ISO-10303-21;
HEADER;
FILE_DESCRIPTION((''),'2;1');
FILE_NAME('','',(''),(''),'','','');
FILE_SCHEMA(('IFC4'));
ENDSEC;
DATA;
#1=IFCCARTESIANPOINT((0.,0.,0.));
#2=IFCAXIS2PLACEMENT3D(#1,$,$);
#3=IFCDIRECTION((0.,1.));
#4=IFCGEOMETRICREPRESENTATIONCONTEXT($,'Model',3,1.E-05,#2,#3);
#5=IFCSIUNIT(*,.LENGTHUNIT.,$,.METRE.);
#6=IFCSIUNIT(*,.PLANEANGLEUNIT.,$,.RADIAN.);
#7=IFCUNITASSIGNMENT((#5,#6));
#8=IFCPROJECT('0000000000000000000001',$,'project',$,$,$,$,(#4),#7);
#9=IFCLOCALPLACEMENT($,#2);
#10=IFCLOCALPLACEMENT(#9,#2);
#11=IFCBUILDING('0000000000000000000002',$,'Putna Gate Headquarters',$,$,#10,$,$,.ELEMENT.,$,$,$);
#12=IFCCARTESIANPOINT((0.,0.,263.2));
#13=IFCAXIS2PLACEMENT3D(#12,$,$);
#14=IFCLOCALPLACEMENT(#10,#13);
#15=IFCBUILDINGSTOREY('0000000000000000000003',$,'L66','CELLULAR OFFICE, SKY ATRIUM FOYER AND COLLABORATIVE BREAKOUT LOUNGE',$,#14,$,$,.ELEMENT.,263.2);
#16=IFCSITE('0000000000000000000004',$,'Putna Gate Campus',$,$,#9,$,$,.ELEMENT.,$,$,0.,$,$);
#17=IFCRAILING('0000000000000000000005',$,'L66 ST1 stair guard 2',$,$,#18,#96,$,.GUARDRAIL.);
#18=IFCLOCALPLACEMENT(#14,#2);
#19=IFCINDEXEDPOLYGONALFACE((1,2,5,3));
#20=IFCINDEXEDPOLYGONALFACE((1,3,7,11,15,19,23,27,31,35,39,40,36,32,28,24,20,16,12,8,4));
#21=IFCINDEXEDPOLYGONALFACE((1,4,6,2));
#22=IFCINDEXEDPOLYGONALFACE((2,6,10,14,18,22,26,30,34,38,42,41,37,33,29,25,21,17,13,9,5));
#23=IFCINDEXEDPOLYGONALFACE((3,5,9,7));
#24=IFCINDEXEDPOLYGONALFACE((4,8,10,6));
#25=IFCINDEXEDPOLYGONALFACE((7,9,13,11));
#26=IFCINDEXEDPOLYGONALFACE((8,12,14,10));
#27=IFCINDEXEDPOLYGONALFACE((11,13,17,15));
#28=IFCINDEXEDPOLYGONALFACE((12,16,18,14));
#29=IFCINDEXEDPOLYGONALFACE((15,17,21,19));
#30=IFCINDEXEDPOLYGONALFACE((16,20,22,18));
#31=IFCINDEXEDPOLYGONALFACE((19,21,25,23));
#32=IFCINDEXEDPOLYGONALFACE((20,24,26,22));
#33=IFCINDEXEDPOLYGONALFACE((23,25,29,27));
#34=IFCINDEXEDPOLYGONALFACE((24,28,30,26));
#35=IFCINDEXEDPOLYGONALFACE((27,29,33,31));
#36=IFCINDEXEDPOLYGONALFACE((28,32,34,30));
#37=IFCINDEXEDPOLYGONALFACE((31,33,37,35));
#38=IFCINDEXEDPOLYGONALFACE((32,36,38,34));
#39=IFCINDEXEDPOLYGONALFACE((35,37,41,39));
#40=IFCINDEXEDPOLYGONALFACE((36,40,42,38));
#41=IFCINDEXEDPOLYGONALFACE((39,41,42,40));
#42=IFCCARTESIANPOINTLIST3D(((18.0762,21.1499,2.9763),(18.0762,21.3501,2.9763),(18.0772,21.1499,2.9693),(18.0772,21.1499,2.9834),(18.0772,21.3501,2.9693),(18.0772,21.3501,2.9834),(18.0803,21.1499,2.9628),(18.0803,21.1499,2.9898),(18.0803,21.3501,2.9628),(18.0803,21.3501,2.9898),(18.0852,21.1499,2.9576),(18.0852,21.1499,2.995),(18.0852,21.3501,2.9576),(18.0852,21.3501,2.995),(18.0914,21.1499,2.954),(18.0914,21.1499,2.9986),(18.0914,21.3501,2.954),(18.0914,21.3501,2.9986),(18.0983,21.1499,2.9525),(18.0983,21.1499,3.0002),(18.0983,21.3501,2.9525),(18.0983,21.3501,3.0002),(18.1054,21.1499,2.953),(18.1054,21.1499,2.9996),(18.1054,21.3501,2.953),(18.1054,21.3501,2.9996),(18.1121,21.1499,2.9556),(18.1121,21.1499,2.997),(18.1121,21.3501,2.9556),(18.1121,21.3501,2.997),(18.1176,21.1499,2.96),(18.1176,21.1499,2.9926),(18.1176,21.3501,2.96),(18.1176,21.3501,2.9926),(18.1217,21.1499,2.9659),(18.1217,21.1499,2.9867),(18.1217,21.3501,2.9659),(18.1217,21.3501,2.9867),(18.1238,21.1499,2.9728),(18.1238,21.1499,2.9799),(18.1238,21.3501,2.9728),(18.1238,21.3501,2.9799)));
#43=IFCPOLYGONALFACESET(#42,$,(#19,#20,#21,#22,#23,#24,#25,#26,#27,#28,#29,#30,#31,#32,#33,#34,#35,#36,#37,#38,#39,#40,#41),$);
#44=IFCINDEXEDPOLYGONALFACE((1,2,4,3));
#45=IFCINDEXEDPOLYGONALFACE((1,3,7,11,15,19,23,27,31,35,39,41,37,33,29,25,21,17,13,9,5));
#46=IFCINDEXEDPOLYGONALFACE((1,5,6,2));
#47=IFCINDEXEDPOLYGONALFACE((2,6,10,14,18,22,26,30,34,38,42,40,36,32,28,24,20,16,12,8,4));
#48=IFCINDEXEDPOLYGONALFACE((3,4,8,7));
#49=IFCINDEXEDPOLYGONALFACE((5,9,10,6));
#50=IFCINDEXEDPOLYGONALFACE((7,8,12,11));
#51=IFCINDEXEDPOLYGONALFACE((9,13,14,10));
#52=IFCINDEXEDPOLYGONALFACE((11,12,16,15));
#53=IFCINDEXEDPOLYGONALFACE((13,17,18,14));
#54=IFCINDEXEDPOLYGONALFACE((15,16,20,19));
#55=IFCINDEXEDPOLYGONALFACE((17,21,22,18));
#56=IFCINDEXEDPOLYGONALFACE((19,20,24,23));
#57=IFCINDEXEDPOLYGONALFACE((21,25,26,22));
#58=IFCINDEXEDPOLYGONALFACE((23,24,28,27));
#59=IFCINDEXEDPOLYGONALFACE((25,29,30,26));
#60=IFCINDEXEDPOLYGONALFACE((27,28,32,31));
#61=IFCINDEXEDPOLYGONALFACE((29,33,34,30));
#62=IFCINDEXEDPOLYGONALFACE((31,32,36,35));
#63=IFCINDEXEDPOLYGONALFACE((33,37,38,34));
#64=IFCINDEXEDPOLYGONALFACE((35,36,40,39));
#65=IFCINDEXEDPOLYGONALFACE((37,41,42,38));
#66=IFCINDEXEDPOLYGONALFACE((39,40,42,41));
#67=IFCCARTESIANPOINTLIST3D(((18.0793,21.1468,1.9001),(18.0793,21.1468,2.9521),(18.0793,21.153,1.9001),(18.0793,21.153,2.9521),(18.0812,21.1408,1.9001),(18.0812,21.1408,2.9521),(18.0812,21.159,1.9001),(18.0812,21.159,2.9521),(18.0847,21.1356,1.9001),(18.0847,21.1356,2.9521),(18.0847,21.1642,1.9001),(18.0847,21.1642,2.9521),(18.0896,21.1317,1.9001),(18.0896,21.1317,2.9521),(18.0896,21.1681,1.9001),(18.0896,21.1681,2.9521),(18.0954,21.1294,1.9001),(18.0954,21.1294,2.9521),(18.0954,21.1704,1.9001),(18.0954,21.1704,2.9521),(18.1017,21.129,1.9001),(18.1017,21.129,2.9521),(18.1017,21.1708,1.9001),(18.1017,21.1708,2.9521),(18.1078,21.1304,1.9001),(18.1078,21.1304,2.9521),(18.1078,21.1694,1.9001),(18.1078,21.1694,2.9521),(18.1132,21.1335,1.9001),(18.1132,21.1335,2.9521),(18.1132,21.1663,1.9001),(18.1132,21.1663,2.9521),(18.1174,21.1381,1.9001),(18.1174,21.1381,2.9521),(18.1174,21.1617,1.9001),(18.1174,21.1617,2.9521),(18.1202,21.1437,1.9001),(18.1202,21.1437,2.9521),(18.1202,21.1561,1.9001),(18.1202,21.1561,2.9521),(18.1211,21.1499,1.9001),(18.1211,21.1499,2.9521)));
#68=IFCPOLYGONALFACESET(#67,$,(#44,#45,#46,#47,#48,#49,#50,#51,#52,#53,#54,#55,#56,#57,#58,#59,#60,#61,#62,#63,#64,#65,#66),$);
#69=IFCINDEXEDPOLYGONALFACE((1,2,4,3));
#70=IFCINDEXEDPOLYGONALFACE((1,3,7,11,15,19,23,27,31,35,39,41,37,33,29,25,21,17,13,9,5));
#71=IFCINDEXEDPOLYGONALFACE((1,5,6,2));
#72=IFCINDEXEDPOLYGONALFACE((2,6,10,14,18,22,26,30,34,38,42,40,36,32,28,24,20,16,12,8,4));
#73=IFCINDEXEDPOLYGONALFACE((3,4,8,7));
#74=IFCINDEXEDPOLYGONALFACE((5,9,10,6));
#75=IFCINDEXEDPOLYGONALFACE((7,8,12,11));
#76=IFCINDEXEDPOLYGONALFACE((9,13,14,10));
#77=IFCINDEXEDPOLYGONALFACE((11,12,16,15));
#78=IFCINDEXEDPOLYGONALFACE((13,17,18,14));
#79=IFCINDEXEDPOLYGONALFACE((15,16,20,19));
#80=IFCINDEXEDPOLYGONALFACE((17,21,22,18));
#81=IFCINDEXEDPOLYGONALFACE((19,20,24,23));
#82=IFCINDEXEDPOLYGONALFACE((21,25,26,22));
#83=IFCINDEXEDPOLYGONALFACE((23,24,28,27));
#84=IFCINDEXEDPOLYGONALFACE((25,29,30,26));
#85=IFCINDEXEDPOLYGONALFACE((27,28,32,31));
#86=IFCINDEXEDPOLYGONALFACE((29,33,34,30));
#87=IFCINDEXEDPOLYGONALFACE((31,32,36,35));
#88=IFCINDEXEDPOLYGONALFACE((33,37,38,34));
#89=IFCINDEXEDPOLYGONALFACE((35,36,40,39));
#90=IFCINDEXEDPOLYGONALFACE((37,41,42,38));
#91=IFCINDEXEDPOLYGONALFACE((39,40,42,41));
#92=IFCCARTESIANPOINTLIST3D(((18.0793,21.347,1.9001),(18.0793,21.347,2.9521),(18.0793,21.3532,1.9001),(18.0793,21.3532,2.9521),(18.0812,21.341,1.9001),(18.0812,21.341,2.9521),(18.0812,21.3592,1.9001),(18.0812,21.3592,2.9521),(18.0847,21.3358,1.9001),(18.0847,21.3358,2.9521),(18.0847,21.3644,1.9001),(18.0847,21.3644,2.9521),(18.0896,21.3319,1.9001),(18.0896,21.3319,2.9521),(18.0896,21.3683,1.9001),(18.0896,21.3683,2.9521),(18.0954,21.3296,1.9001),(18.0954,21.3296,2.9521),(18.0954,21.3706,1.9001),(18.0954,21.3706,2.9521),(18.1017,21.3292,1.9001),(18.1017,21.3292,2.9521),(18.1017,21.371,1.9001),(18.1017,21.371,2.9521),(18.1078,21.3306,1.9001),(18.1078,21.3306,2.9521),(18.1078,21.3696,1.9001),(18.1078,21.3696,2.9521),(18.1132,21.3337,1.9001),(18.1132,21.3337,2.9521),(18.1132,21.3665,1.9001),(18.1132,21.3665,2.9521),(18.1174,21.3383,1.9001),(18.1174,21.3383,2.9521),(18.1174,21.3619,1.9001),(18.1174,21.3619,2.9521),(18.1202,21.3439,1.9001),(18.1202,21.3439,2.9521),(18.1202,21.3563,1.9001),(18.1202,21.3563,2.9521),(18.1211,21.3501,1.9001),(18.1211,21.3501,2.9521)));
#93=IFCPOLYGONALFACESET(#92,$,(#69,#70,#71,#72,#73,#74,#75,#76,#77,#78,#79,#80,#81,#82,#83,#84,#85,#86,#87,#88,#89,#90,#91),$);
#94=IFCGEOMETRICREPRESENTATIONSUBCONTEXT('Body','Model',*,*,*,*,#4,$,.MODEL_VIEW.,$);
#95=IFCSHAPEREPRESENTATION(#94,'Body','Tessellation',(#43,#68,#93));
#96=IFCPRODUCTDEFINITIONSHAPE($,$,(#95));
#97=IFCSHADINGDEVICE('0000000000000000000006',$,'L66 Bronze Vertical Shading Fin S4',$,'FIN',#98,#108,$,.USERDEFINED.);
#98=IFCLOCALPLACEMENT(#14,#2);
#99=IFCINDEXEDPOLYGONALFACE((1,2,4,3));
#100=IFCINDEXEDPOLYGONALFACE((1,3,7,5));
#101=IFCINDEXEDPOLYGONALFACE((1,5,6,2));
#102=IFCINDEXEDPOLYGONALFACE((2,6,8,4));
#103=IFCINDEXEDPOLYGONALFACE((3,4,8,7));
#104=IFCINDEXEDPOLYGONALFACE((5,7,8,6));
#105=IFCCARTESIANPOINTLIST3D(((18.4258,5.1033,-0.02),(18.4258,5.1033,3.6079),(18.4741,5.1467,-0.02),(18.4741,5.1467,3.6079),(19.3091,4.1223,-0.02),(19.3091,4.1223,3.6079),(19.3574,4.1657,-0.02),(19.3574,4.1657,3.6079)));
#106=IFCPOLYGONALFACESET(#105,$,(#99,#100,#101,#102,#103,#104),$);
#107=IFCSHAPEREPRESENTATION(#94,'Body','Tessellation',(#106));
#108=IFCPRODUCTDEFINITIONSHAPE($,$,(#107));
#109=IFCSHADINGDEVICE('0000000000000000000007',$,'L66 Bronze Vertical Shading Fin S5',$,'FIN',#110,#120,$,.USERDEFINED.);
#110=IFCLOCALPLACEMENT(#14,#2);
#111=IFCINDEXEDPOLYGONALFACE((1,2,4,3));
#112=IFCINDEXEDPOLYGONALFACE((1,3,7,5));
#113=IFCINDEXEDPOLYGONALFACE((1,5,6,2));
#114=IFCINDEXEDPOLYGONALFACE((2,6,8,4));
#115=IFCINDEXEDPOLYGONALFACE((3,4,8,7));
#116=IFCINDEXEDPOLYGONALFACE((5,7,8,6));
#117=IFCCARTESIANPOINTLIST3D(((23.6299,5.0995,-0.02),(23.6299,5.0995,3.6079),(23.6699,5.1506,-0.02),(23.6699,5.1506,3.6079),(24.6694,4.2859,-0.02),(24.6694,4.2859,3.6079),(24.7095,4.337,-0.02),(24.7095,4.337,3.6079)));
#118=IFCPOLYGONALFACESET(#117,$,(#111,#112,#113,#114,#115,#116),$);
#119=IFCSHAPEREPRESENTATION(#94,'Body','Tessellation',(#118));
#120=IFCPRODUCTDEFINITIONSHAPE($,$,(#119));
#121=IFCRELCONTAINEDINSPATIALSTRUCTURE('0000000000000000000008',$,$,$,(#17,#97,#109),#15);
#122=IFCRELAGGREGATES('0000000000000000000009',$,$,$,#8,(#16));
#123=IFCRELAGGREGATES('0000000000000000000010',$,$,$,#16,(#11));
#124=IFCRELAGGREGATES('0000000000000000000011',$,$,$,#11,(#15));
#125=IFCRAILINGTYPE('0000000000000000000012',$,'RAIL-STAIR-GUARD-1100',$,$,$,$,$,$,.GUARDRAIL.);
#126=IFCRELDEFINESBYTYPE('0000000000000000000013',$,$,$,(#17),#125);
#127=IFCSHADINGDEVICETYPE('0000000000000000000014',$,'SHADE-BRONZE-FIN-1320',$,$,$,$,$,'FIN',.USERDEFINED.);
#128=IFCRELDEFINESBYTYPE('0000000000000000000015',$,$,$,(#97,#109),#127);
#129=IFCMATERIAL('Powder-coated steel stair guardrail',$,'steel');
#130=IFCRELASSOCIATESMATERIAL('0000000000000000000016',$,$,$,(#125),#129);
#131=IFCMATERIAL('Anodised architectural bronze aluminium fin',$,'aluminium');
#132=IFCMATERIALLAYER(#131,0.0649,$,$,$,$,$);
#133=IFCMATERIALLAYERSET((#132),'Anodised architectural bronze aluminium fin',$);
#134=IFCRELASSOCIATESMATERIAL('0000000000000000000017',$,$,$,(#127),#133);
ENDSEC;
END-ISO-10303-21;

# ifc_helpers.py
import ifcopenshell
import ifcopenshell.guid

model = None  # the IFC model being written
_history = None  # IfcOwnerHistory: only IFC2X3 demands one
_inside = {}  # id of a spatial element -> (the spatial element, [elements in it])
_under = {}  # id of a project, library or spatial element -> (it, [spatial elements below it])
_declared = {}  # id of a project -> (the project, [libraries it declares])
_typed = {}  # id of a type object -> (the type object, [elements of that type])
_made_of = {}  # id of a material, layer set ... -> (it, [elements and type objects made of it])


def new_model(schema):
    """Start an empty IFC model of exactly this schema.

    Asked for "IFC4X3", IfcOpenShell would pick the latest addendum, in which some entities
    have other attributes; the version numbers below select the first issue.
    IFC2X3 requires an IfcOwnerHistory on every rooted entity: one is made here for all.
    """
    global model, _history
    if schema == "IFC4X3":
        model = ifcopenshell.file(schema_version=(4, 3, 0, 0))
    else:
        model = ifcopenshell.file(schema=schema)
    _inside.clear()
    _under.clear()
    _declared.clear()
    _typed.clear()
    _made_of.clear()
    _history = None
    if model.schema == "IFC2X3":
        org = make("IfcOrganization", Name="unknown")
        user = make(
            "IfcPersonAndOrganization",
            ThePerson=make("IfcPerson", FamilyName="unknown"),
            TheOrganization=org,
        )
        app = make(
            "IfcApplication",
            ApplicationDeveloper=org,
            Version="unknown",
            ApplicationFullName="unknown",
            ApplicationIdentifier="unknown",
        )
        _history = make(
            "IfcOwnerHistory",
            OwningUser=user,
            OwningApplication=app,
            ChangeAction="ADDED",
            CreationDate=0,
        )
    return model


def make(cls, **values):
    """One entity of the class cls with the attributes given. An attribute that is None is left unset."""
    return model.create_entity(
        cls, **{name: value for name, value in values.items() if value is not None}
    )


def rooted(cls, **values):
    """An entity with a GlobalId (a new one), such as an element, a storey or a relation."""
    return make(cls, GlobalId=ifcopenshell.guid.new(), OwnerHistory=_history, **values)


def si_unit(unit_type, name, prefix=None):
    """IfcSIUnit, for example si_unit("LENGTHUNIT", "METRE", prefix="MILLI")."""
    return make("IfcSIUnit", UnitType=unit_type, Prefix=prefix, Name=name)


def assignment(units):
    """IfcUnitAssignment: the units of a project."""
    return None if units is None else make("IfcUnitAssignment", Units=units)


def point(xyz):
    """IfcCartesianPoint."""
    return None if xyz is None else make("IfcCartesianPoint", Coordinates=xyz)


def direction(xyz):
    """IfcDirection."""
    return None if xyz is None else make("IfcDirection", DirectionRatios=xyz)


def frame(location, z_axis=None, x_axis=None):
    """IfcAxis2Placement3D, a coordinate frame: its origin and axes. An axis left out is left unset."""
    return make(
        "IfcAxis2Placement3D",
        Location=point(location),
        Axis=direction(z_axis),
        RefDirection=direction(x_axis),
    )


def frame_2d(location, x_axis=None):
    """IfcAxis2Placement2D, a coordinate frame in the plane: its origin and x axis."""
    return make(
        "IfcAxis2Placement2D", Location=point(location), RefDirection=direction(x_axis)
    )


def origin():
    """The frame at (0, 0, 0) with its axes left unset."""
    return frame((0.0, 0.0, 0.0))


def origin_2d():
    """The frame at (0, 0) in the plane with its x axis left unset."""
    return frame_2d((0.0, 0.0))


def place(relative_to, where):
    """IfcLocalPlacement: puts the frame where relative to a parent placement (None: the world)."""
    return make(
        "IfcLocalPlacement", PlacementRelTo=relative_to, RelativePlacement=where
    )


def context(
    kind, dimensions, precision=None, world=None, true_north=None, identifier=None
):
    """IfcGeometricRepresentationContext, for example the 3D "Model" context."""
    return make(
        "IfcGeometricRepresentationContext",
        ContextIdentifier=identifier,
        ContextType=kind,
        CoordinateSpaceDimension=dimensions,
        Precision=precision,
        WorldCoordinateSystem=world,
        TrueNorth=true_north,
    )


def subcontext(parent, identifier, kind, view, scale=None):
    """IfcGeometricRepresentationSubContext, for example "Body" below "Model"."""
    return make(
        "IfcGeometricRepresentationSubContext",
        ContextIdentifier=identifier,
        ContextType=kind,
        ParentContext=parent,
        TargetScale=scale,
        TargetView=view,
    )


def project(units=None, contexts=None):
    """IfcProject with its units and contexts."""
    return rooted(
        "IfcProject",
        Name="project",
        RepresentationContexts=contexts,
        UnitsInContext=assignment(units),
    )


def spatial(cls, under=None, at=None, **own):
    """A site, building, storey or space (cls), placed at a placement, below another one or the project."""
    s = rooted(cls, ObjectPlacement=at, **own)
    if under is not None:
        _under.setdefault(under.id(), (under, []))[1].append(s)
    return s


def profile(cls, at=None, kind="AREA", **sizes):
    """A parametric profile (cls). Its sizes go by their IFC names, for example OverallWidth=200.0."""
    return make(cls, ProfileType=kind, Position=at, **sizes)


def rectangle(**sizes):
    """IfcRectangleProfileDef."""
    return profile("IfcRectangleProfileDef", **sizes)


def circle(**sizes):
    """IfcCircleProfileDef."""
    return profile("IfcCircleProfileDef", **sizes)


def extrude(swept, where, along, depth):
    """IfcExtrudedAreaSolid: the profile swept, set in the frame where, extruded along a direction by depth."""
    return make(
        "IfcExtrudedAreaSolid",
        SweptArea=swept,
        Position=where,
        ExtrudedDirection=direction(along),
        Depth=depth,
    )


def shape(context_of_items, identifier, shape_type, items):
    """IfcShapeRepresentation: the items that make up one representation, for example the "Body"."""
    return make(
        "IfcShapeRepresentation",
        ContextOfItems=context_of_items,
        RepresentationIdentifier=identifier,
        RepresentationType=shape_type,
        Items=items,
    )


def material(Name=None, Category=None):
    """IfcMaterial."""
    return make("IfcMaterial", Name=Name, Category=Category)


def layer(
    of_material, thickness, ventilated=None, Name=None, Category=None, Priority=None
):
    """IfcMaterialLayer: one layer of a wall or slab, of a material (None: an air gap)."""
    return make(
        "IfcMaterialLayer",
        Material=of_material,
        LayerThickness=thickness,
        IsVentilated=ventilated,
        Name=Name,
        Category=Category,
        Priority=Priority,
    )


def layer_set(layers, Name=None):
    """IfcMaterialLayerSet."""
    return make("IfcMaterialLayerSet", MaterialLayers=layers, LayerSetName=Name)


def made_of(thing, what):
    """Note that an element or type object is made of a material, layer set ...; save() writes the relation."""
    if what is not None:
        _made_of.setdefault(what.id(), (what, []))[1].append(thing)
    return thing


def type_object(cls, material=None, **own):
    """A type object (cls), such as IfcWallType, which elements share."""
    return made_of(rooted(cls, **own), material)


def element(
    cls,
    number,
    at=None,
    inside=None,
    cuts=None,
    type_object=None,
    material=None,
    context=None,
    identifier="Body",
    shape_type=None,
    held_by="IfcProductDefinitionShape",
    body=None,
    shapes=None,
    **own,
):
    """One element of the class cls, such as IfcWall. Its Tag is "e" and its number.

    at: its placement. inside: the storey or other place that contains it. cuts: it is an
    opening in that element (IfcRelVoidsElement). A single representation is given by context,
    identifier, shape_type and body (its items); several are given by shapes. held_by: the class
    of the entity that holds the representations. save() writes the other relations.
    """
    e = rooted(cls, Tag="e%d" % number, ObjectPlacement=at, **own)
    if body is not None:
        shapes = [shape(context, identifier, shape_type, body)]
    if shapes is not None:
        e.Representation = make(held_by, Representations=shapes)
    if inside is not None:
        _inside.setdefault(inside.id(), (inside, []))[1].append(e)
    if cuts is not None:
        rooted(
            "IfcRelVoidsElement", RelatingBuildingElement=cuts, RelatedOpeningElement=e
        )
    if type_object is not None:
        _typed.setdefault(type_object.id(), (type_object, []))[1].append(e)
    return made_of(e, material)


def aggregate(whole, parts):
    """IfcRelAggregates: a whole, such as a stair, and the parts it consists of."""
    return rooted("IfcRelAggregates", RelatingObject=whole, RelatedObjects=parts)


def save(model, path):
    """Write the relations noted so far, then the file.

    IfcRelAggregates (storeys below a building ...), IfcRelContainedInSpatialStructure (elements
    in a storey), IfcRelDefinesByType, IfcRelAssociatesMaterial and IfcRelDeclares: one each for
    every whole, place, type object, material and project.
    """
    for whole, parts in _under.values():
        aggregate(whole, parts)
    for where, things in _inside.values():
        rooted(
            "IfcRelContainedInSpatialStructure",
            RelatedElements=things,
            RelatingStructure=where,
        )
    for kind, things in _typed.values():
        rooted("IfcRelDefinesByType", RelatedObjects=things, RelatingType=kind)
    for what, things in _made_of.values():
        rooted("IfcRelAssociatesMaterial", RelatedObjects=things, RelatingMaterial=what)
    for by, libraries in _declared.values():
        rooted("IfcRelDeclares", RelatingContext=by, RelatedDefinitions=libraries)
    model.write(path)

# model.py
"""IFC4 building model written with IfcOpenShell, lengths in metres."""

from ifc_helpers import new_model, si_unit, direction, frame, origin, origin_2d, place, context, subcontext, project, spatial, rectangle, circle, extrude, material, layer, layer_set, type_object, element, save


model = new_model("IFC4")

# Units and contexts
model_context = context("Model", 3, precision=1e-05, world=origin(), true_north=direction((0.0, 1.0)))
body_context = subcontext(model_context, "Body", "Model", "MODEL_VIEW")
ifc_project = project(units=[si_unit("LENGTHUNIT", "METRE"), si_unit("PLANEANGLEUNIT", "RADIAN")], contexts=[model_context])

# Site, building, storey
site_placement = place(None, origin())
site = spatial("IfcSite", under=ifc_project, at=site_placement, Name="Putna Gate Campus", CompositionType="ELEMENT", RefElevation=0.0)
building_placement = place(site_placement, origin())
building = spatial("IfcBuilding", under=site, at=building_placement, Name="Putna Gate Headquarters", CompositionType="ELEMENT")
storey_placement = place(building_placement, frame((0.0, 0.0, 263.2)))
storey = spatial("IfcBuildingStorey", under=building, at=storey_placement, Name="L66", Description="CELLULAR OFFICE, SKY ATRIUM FOYER AND COLLABORATIVE BREAKOUT LOUNGE", CompositionType="ELEMENT", Elevation=263.2)

# Railing
ifc_material_1 = material(Name="Powder-coated steel stair guardrail", Category="steel")
railing_type = type_object("IfcRailingType", Name="RAIL-STAIR-GUARD-1100", PredefinedType="GUARDRAIL", material=ifc_material_1)
railing_placement = place(storey_placement, frame((18.1001, 21.1499, 1.9001)))
element("IfcRailing", 1, at=railing_placement, inside=storey, type_object=railing_type, Name="L66 ST1 stair guard 2", PredefinedType="GUARDRAIL", context=body_context, shape_type="SweptSolid", body=[
    extrude(circle(Radius=0.0239, at=origin_2d()), frame((0.0, 0.0, 1.0762), z_axis=(0.0, 1.0, 0.0), x_axis=(-1.0, 0.0, 0.0)), (0.0, 0.0, 1.0), 0.2002),
    extrude(circle(Radius=0.021, at=origin_2d()), origin(), (0.0, 0.0, 1.0), 1.052),
    extrude(circle(Radius=0.021, at=origin_2d()), frame((0.0, 0.2002, 0.0)), (0.0, 0.0, 1.0), 1.052),
])

# Shading devices
ifc_material_2 = material(Name="Anodised architectural bronze aluminium fin", Category="aluminium")
ifc_layer_1 = layer(ifc_material_2, 0.0649)
ifc_layer_set_1 = layer_set([ifc_layer_1], Name="Anodised architectural bronze aluminium fin")
shading_device_type = type_object("IfcShadingDeviceType", Name="SHADE-BRONZE-FIN-1320", ElementType="FIN", PredefinedType="USERDEFINED", material=ifc_layer_set_1)
for number, where, z_axis, x_axis, name in (
    (2, (18.8916, 4.6345, -0.02), (0.0, 0.0, 1.0), (0.669131, -0.743145, 0.0), "L66 Bronze Vertical Shading Fin S4"),
    (3, (24.1697, 4.7183, -0.02), (0.0, 0.0, 1.0), (0.787473, -0.616349, 0.0), "L66 Bronze Vertical Shading Fin S5"),
):
    element("IfcShadingDevice", number, at=place(storey_placement, frame(where, z_axis=z_axis, x_axis=x_axis)), inside=storey, type_object=shading_device_type, Name=name, ObjectType="FIN", PredefinedType="USERDEFINED", context=body_context, shape_type="SweptSolid", body=[
        extrude(rectangle(XDim=1.3201, YDim=0.0649, at=origin_2d()), origin(), (0.0, 0.0, 1.0), 3.6279),
    ])

save(model, "model.ifc")
